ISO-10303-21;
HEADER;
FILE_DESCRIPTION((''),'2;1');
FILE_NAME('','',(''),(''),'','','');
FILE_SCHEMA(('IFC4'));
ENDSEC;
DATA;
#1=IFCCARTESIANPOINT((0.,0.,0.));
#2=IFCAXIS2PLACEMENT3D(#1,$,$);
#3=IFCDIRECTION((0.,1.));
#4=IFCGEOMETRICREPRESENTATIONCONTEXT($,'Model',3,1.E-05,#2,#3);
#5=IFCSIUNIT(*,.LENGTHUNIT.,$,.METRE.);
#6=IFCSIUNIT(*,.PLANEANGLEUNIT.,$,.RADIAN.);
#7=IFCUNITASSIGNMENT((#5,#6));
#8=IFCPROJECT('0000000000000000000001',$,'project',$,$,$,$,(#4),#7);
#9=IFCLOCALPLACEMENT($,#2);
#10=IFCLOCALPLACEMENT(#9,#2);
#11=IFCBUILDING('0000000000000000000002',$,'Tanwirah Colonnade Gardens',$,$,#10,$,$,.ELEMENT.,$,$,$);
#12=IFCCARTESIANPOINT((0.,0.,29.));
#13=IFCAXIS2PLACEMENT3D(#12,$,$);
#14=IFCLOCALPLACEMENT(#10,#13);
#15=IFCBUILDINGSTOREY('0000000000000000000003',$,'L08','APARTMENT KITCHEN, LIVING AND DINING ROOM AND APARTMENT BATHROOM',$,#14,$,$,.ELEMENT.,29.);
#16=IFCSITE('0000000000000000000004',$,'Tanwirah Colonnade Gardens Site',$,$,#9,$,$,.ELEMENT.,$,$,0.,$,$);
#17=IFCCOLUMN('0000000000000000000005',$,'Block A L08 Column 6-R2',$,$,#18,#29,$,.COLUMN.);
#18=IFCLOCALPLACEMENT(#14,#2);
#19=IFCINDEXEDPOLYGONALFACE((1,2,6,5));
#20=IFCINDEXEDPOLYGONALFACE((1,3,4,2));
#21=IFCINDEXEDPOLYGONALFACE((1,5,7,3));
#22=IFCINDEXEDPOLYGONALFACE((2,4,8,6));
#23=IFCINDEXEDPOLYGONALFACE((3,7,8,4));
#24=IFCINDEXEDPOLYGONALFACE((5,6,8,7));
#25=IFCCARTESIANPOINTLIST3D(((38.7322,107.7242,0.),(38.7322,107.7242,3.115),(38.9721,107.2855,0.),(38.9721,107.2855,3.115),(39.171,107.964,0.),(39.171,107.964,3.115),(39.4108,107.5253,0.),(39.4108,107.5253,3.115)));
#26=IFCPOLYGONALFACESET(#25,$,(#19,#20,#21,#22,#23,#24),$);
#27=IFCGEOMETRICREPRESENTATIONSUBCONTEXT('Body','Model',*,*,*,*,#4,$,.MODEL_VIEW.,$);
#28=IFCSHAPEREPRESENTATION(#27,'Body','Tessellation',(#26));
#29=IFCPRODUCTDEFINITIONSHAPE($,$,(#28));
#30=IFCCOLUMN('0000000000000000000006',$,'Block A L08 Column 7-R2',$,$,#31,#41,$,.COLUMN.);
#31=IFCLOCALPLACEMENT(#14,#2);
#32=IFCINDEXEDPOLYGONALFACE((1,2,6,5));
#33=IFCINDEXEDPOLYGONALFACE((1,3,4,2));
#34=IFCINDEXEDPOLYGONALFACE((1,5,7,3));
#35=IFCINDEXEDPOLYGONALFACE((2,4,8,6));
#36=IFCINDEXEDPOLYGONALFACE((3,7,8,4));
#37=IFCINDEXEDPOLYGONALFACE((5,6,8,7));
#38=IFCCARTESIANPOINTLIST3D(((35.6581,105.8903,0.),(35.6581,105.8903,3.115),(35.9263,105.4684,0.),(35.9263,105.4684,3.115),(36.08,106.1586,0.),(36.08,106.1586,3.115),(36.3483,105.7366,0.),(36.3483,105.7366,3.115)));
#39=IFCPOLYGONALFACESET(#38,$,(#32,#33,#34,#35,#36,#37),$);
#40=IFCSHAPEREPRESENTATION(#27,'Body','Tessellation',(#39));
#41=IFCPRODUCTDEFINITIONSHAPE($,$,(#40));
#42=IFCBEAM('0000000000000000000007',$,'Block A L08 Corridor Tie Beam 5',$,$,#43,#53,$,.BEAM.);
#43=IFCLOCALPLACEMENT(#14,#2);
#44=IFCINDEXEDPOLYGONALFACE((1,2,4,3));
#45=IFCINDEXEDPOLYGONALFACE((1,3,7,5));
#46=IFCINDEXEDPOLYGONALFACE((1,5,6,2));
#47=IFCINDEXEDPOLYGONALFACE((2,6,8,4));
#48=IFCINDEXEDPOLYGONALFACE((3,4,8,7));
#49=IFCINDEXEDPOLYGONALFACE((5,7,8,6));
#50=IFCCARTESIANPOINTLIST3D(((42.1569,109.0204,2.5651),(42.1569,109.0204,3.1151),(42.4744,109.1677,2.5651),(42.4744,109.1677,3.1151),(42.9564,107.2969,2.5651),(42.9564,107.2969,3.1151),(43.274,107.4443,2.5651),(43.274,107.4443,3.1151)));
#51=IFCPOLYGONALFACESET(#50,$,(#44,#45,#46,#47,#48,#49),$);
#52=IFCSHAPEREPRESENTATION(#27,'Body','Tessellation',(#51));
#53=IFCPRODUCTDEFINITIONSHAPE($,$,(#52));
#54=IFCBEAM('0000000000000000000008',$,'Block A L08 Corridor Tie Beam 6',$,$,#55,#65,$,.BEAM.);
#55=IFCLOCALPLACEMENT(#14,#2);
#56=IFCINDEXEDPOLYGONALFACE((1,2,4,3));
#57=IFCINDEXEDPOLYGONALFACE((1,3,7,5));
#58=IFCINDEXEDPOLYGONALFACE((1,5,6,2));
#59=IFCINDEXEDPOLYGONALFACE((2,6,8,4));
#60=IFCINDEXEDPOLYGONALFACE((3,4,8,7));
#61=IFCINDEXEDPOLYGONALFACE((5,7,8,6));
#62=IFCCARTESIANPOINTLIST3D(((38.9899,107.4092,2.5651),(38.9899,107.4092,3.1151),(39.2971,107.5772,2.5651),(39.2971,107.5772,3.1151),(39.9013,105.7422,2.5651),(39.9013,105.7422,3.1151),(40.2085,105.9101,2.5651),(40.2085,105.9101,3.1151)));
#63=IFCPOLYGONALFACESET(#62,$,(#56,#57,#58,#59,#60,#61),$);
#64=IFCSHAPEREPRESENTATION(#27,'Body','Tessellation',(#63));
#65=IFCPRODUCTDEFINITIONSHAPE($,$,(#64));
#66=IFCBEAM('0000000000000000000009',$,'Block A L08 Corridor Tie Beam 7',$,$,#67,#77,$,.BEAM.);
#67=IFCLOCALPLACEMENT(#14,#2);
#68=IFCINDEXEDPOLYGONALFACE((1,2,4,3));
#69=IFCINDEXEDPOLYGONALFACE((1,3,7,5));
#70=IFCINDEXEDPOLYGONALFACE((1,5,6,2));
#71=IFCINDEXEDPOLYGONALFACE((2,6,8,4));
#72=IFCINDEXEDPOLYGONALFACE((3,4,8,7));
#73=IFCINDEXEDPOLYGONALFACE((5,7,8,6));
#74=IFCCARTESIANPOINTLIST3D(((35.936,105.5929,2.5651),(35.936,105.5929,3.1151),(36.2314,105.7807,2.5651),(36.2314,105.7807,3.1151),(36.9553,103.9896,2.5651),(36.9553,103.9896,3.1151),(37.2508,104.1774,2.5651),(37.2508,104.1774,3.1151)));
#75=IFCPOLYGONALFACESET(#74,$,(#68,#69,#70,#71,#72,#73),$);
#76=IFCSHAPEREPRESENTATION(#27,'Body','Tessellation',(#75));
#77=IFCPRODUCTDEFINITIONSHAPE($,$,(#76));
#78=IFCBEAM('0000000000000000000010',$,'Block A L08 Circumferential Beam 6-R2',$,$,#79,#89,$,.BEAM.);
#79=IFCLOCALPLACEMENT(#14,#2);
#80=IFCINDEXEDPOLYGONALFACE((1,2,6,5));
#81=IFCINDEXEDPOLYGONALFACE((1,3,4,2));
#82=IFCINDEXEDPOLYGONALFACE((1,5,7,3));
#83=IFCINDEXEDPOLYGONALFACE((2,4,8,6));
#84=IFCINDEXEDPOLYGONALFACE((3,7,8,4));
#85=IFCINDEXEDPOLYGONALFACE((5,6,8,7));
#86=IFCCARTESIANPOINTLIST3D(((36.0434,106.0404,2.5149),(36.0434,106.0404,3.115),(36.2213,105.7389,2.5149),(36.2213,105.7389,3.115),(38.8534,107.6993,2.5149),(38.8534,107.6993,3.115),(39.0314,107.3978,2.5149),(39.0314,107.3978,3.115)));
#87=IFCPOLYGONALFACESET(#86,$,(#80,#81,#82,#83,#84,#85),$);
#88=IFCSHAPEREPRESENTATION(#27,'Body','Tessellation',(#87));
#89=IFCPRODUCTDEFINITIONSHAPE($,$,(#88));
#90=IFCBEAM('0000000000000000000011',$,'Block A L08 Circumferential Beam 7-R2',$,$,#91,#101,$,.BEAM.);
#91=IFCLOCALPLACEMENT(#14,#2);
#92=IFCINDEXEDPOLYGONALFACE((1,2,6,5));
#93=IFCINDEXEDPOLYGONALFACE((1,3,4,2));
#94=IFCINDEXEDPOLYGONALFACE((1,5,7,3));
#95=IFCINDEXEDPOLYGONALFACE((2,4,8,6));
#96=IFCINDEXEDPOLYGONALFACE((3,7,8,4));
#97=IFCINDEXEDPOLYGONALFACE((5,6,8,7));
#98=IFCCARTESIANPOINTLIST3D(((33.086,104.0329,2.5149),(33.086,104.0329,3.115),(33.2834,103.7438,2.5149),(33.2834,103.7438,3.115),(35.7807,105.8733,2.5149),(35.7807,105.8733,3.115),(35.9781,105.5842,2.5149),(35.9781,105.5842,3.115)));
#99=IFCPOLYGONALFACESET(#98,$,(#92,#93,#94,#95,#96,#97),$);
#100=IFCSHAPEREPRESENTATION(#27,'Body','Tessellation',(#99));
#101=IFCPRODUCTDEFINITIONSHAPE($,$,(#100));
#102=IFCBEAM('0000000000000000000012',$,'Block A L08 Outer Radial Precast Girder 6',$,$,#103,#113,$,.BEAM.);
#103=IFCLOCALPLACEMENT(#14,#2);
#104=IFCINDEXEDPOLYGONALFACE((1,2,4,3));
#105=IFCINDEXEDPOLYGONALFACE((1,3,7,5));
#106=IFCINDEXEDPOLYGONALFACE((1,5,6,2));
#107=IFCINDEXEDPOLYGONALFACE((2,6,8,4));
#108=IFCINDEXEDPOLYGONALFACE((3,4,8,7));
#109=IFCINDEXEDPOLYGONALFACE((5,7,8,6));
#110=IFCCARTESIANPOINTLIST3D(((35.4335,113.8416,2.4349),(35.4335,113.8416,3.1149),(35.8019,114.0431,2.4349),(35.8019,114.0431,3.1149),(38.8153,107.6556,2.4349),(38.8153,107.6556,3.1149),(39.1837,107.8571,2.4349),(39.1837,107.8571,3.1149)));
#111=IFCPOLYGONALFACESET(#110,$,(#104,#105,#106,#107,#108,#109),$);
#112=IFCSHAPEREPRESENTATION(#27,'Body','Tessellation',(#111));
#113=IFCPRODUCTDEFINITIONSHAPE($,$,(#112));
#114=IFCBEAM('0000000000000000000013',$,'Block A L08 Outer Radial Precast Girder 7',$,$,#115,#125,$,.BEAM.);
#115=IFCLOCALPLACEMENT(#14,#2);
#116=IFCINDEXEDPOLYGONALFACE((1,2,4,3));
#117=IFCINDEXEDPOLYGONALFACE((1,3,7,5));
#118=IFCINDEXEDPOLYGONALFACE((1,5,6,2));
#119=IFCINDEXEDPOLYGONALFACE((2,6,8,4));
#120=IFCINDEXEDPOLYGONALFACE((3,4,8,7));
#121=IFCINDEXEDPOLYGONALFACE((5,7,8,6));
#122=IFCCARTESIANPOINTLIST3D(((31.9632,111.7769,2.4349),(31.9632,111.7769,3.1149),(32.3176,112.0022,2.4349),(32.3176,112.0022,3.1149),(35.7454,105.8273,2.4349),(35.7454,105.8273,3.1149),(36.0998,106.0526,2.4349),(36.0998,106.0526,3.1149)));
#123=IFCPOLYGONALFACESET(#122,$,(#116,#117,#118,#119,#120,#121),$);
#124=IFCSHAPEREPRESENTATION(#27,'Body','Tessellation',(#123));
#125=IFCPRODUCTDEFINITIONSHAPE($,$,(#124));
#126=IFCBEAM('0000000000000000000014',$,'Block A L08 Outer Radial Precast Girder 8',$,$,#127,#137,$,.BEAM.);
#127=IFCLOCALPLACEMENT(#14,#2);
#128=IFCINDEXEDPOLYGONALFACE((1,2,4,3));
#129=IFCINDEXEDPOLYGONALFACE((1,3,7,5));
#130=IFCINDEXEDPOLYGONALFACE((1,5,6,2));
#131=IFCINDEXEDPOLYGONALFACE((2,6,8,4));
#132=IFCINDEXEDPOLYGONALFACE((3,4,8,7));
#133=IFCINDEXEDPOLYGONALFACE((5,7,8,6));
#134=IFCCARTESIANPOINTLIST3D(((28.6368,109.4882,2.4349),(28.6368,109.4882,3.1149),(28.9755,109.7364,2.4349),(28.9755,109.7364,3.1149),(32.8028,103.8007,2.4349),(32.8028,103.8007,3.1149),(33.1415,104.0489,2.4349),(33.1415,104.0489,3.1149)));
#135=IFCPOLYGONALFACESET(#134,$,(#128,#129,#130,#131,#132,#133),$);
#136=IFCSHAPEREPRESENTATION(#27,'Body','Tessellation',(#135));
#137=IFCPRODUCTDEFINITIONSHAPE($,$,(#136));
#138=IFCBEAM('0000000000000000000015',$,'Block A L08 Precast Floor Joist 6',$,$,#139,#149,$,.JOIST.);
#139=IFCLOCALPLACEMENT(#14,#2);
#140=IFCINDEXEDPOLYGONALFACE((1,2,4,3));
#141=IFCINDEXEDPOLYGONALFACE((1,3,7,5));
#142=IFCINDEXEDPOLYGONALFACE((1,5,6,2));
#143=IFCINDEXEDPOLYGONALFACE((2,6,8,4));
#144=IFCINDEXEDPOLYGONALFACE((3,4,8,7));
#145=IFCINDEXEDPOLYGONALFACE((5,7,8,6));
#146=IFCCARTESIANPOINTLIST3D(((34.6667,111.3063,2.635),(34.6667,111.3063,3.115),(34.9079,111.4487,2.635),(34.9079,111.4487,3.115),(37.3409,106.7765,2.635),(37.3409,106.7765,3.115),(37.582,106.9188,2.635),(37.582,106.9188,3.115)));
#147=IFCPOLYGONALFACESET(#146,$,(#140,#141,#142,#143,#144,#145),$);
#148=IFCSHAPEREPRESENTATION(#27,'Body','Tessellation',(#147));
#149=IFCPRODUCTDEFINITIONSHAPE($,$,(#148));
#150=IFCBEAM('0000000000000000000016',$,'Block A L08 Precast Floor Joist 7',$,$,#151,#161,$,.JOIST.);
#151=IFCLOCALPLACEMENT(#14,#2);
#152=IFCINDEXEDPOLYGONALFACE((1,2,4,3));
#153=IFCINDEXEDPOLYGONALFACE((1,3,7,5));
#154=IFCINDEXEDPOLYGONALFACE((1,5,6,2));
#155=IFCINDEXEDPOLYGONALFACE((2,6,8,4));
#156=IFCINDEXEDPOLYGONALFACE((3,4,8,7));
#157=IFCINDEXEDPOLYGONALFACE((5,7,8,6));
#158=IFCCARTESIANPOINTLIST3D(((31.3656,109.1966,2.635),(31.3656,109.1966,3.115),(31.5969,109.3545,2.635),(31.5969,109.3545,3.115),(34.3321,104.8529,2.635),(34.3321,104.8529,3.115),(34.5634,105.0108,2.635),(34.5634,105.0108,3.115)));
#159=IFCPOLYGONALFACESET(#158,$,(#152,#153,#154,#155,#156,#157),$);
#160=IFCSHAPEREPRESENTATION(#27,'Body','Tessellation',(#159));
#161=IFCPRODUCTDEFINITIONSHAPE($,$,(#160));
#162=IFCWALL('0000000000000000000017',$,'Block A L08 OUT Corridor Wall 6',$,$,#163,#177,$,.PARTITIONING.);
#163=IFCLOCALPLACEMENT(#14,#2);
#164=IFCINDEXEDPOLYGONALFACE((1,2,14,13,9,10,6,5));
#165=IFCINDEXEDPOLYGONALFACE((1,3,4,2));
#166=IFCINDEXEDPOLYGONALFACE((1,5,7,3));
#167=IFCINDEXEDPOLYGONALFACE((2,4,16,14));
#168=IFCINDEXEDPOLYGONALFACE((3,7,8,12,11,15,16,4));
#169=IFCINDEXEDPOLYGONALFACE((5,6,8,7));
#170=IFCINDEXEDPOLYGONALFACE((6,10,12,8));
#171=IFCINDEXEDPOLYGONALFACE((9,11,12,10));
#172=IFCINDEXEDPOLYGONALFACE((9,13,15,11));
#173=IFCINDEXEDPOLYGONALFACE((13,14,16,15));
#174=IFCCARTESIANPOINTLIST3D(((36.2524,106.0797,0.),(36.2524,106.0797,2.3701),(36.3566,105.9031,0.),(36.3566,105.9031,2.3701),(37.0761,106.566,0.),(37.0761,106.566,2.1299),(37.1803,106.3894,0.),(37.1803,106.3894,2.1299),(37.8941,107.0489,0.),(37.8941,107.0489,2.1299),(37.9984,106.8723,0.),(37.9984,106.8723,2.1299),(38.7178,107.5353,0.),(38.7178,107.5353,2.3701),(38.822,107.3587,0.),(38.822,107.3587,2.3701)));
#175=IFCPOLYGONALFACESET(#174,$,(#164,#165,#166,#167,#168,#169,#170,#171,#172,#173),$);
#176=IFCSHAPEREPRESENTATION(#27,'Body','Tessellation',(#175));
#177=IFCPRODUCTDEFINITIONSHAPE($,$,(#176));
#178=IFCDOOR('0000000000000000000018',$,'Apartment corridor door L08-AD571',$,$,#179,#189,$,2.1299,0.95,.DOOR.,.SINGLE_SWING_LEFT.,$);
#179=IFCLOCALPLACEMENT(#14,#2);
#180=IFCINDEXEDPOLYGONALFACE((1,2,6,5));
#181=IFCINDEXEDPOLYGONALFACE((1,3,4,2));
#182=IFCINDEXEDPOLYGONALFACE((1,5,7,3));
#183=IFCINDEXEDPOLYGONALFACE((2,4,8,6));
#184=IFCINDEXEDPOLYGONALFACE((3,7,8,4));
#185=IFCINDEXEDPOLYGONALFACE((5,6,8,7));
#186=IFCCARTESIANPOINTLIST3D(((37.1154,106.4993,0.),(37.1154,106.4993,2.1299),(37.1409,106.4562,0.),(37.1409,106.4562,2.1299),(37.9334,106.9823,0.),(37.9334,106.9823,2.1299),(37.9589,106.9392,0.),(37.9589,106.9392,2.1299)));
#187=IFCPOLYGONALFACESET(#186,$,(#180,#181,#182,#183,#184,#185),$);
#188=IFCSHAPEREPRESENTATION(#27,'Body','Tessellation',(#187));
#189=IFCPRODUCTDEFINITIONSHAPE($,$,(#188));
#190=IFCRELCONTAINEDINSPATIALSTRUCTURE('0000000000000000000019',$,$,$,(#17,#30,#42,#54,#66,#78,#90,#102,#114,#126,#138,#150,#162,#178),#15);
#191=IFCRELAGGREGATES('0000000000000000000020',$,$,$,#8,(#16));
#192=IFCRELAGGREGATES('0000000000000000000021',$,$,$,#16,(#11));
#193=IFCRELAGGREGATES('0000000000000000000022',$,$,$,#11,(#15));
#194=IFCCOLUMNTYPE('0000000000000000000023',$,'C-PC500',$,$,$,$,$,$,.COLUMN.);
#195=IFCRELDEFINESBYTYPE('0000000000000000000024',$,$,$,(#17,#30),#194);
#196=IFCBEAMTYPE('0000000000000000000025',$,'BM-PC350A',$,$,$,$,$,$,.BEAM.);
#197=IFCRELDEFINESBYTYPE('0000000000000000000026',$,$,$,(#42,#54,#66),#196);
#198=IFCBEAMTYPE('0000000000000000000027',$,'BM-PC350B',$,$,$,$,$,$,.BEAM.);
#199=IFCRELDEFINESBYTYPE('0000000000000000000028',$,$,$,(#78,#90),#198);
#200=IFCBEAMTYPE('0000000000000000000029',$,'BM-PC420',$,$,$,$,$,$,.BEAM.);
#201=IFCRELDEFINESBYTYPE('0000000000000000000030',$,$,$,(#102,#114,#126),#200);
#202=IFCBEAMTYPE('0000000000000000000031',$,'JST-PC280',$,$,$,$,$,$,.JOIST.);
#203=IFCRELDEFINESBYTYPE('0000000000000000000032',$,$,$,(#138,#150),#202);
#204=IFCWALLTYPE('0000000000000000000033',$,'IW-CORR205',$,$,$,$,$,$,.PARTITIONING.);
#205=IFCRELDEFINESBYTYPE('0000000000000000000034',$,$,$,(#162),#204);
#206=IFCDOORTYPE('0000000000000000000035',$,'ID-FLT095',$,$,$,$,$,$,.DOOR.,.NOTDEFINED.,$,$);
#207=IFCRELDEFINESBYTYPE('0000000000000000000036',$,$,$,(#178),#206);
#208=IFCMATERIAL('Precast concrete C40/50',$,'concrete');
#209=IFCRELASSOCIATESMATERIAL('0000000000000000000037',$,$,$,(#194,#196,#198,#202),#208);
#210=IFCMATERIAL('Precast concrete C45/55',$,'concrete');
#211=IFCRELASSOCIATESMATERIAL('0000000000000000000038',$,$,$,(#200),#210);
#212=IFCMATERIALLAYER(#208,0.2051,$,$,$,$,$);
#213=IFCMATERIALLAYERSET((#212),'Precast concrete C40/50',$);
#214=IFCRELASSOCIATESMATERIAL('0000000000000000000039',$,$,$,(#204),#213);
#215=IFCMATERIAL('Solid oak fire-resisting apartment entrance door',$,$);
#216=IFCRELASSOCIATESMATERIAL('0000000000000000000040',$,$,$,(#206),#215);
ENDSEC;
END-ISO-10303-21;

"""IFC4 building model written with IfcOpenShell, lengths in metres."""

from ifc_helpers import new_model, si_unit, direction, frame, frame_2d, origin, origin_2d, place, context, subcontext, project, spatial, rectangle, extrude, material, layer, layer_set, material_profile, profile_set, type_object, element, fill, save


model = new_model("IFC4")

# Units and contexts
model_context = context("Model", 3, precision=1e-05, world=origin(), true_north=direction((0.0, 1.0)))
body_context = subcontext(model_context, "Body", "Model", "MODEL_VIEW")
ifc_project = project(units=[si_unit("LENGTHUNIT", "METRE"), si_unit("PLANEANGLEUNIT", "RADIAN")], contexts=[model_context])

# Site, building, storey
site_placement = place(None, origin())
site = spatial("IfcSite", under=ifc_project, at=site_placement, Name="Tanwirah Colonnade Gardens Site", CompositionType="ELEMENT", RefElevation=0.0)
building_placement = place(site_placement, origin())
building = spatial("IfcBuilding", under=site, at=building_placement, Name="Tanwirah Colonnade Gardens", CompositionType="ELEMENT")
storey_placement = place(building_placement, frame((0.0, 0.0, 29.0)))
storey = spatial("IfcBuildingStorey", under=building, at=storey_placement, Name="L08", Description="APARTMENT KITCHEN, LIVING AND DINING ROOM AND APARTMENT BATHROOM", CompositionType="ELEMENT", Elevation=29.0)

# Columns
ifc_material_1 = material(Name="Precast concrete C40/50", Category="concrete")
ifc_material_profile_1 = material_profile(ifc_material_1, rectangle(XDim=0.5, YDim=0.5, at=origin_2d()), Name="PC-COL 500x500")
ifc_profile_set_1 = profile_set([ifc_material_profile_1], Name="Precast concrete C40/50")
column_type = type_object("IfcColumnType", Name="C-PC500", PredefinedType="COLUMN", material=ifc_profile_set_1)
for number, where, z_axis, x_axis, name in (
    (1, (39.0715, 107.6248, 0.0), (0.0, 0.0, 1.0), (-0.479713, 0.877425, 0.0), "Block A L08 Column 6-R2"),
    (2, (36.0032, 105.8135, 0.0), (0.0, 0.0, 1.0), (-0.536482, 0.843912, 0.0), "Block A L08 Column 7-R2"),
):
    element("IfcColumn", number, at=place(storey_placement, frame(where, z_axis=z_axis, x_axis=x_axis)), inside=storey, type_object=column_type, Name=name, PredefinedType="COLUMN", context=body_context, shape_type="SweptSolid", body=[
        extrude(rectangle(XDim=0.5, YDim=0.5, at=origin_2d()), origin(), (0.0, 0.0, 1.0), 3.115),
    ])

# Beams
ifc_material_profile_2 = material_profile(ifc_material_1, rectangle(XDim=0.3501, YDim=0.55, at=origin_2d()), Name="PC-BM 350x550")
ifc_profile_set_2 = profile_set([ifc_material_profile_2], Name="Precast concrete C40/50")
beam_type_1 = type_object("IfcBeamType", Name="BM-PC350A", PredefinedType="BEAM", material=ifc_profile_set_2)
for number, where, z_axis, x_axis, name in (
    (3, (43.1152, 107.3706, 2.8401), (-0.420858, 0.907126, 0.0), (-0.907126, -0.420858, 0.0), "Block A L08 Corridor Tie Beam 5"),
    (4, (40.0549, 105.8262, 2.8401), (-0.479707, 0.877429, 0.0), (-0.877429, -0.479707, 0.0), "Block A L08 Corridor Tie Beam 6"),
    (5, (37.103, 104.0835, 2.8401), (-0.53651, 0.843894, 0.0), (-0.843894, -0.53651, 0.0), "Block A L08 Corridor Tie Beam 7"),
):
    element("IfcBeam", number, at=place(storey_placement, frame(where, z_axis=z_axis, x_axis=x_axis)), inside=storey, type_object=beam_type_1, Name=name, PredefinedType="BEAM", context=body_context, shape_type="SweptSolid", body=[
        extrude(rectangle(XDim=0.3501, YDim=0.55, at=origin_2d()), origin(), (0.0, 0.0, 1.0), 1.8999),
    ])
ifc_material_profile_3 = material_profile(ifc_material_1, rectangle(XDim=0.3501, YDim=0.6001, at=origin_2d()), Name="PC-BM 350x600")
ifc_profile_set_3 = profile_set([ifc_material_profile_3], Name="Precast concrete C40/50")
beam_type_2 = type_object("IfcBeamType", Name="BM-PC350B", PredefinedType="BEAM", material=ifc_profile_set_3)
for number, where, z_axis, x_axis, name in (
    (6, (38.9424, 107.5486, 2.8149), (-0.861135, -0.508376, 0.0), (0.508376, -0.861135, 0.0), "Block A L08 Circumferential Beam 6-R2"),
    (7, (35.8794, 105.7288, 2.8149), (-0.825782, -0.563989, 0.0), (0.563989, -0.825782, 0.0), "Block A L08 Circumferential Beam 7-R2"),
):
    element("IfcBeam", number, at=place(storey_placement, frame(where, z_axis=z_axis, x_axis=x_axis)), inside=storey, type_object=beam_type_2, Name=name, PredefinedType="BEAM", context=body_context, shape_type="SweptSolid", body=[
        extrude(rectangle(XDim=0.3501, YDim=0.6001, at=origin_2d()), origin(), (0.0, 0.0, 1.0), 3.2632),
    ])
ifc_material_2 = material(Name="Precast concrete C45/55", Category="concrete")
ifc_material_profile_4 = material_profile(ifc_material_2, rectangle(XDim=0.4199, YDim=0.6799, at=origin_2d()), Name="PC-BM 420x680")
ifc_profile_set_4 = profile_set([ifc_material_profile_4], Name="Precast concrete C45/55")
beam_type_3 = type_object("IfcBeamType", Name="BM-PC420", PredefinedType="BEAM", material=ifc_profile_set_4)
for number, where, z_axis, x_axis, name in (
    (8, (38.9995, 107.7563, 2.7749), (-0.479687, 0.87744, 0.0), (-0.87744, -0.479687, 0.0), "Block A L08 Outer Radial Precast Girder 6"),
    (9, (35.9226, 105.9399, 2.7749), (-0.536477, 0.843915, 0.0), (-0.843915, -0.536477, 0.0), "Block A L08 Outer Radial Precast Girder 7"),
    (10, (32.9722, 103.9248, 2.7749), (-0.590919, 0.806731, 0.0), (-0.806731, -0.590919, 0.0), "Block A L08 Outer Radial Precast Girder 8"),
):
    element("IfcBeam", number, at=place(storey_placement, frame(where, z_axis=z_axis, x_axis=x_axis)), inside=storey, type_object=beam_type_3, Name=name, PredefinedType="BEAM", context=body_context, shape_type="SweptSolid", body=[
        extrude(rectangle(XDim=0.4199, YDim=0.6799, at=origin_2d()), origin(), (0.0, 0.0, 1.0), 7.05),
    ])
ifc_material_profile_5 = material_profile(ifc_material_1, rectangle(XDim=0.28, YDim=0.48, at=origin_2d()), Name="PC-JST 280x480")
ifc_profile_set_5 = profile_set([ifc_material_profile_5], Name="Precast concrete C40/50")
beam_type_4 = type_object("IfcBeamType", Name="JST-PC280", PredefinedType="JOIST", material=ifc_profile_set_5)
beam_1_placement = place(storey_placement, frame((37.4614, 106.8477, 2.875), z_axis=(-0.50836, 0.861145, 0.0), x_axis=(-0.861145, -0.50836, 0.0)))
element("IfcBeam", 11, at=beam_1_placement, inside=storey, type_object=beam_type_4, Name="Block A L08 Precast Floor Joist 6", PredefinedType="JOIST", context=body_context, shape_type="SweptSolid", body=[
    extrude(rectangle(XDim=0.28, YDim=0.48, at=origin_2d()), origin(), (0.0, 0.0, 1.0), 5.2603),
])
beam_2_placement = place(storey_placement, frame((34.4478, 104.9319, 2.875), z_axis=(-0.563973, 0.825793, 0.0), x_axis=(-0.825793, -0.563973, 0.0)))
element("IfcBeam", 12, at=beam_2_placement, inside=storey, type_object=beam_type_4, Name="Block A L08 Precast Floor Joist 7", PredefinedType="JOIST", context=body_context, shape_type="SweptSolid", body=[
    extrude(rectangle(XDim=0.28, YDim=0.48, at=origin_2d()), origin(), (0.0, 0.0, 1.0), 5.26),
])

# Wall, opening, door
ifc_layer_1 = layer(ifc_material_1, 0.2051)
ifc_layer_set_1 = layer_set([ifc_layer_1], Name="Precast concrete C40/50")
wall_type_1 = type_object("IfcWallType", Name="IW-CORR205", PredefinedType="PARTITIONING", material=ifc_layer_set_1)
wall_1_placement = place(storey_placement, frame((38.77, 107.447, 0.0), z_axis=(0.0, 0.0, 1.0), x_axis=(-0.861113, -0.508413, 0.0)))
wall_1 = element("IfcWall", 13, at=wall_1_placement, inside=storey, type_object=wall_type_1, Name="Block A L08 OUT Corridor Wall 6", PredefinedType="PARTITIONING", context=body_context, shape_type="SweptSolid", body=[
    extrude(rectangle(XDim=2.863, YDim=0.2051, at=frame_2d((1.4316, 0.0))), origin(), (0.0, 0.0, 1.0), 2.3701),
])
opening_1_placement = place(wall_1_placement, frame((0.9565, 0.0, 0.0)))
opening_1 = element("IfcOpeningElement", 14, at=opening_1_placement, cuts=wall_1, PredefinedType="OPENING", context=body_context, shape_type="SweptSolid", body=[
    extrude(rectangle(XDim=0.95, YDim=2.1299, at=frame_2d((0.4751, 1.0649))), frame((0.0, 0.1125, 0.0), z_axis=(0.0, -1.0, 0.0), x_axis=(1.0, 0.0, 0.0)), (0.0, 0.0, 1.0), 0.2251),
])
ifc_material_3 = material(Name="Solid oak fire-resisting apartment entrance door")
door_type_1 = type_object("IfcDoorType", Name="ID-FLT095", OperationType="NOTDEFINED", PredefinedType="DOOR", material=ifc_material_3)
door_1_placement = place(opening_1_placement, origin())
door_1 = element("IfcDoor", 15, at=door_1_placement, inside=storey, type_object=door_type_1, Name="Apartment corridor door L08-AD571", OperationType="SINGLE_SWING_LEFT", OverallHeight=2.1299, OverallWidth=0.95, PredefinedType="DOOR", context=body_context, shape_type="SweptSolid", body=[
    extrude(rectangle(XDim=0.95, YDim=2.1299, at=frame_2d((0.4751, 1.0649))), frame((0.0, 0.0249, 0.0), z_axis=(0.0, -1.0, 0.0), x_axis=(1.0, 0.0, 0.0)), (0.0, 0.0, 1.0), 0.05),
])
fill(opening_1, door_1)

save(model, "model.ifc")
